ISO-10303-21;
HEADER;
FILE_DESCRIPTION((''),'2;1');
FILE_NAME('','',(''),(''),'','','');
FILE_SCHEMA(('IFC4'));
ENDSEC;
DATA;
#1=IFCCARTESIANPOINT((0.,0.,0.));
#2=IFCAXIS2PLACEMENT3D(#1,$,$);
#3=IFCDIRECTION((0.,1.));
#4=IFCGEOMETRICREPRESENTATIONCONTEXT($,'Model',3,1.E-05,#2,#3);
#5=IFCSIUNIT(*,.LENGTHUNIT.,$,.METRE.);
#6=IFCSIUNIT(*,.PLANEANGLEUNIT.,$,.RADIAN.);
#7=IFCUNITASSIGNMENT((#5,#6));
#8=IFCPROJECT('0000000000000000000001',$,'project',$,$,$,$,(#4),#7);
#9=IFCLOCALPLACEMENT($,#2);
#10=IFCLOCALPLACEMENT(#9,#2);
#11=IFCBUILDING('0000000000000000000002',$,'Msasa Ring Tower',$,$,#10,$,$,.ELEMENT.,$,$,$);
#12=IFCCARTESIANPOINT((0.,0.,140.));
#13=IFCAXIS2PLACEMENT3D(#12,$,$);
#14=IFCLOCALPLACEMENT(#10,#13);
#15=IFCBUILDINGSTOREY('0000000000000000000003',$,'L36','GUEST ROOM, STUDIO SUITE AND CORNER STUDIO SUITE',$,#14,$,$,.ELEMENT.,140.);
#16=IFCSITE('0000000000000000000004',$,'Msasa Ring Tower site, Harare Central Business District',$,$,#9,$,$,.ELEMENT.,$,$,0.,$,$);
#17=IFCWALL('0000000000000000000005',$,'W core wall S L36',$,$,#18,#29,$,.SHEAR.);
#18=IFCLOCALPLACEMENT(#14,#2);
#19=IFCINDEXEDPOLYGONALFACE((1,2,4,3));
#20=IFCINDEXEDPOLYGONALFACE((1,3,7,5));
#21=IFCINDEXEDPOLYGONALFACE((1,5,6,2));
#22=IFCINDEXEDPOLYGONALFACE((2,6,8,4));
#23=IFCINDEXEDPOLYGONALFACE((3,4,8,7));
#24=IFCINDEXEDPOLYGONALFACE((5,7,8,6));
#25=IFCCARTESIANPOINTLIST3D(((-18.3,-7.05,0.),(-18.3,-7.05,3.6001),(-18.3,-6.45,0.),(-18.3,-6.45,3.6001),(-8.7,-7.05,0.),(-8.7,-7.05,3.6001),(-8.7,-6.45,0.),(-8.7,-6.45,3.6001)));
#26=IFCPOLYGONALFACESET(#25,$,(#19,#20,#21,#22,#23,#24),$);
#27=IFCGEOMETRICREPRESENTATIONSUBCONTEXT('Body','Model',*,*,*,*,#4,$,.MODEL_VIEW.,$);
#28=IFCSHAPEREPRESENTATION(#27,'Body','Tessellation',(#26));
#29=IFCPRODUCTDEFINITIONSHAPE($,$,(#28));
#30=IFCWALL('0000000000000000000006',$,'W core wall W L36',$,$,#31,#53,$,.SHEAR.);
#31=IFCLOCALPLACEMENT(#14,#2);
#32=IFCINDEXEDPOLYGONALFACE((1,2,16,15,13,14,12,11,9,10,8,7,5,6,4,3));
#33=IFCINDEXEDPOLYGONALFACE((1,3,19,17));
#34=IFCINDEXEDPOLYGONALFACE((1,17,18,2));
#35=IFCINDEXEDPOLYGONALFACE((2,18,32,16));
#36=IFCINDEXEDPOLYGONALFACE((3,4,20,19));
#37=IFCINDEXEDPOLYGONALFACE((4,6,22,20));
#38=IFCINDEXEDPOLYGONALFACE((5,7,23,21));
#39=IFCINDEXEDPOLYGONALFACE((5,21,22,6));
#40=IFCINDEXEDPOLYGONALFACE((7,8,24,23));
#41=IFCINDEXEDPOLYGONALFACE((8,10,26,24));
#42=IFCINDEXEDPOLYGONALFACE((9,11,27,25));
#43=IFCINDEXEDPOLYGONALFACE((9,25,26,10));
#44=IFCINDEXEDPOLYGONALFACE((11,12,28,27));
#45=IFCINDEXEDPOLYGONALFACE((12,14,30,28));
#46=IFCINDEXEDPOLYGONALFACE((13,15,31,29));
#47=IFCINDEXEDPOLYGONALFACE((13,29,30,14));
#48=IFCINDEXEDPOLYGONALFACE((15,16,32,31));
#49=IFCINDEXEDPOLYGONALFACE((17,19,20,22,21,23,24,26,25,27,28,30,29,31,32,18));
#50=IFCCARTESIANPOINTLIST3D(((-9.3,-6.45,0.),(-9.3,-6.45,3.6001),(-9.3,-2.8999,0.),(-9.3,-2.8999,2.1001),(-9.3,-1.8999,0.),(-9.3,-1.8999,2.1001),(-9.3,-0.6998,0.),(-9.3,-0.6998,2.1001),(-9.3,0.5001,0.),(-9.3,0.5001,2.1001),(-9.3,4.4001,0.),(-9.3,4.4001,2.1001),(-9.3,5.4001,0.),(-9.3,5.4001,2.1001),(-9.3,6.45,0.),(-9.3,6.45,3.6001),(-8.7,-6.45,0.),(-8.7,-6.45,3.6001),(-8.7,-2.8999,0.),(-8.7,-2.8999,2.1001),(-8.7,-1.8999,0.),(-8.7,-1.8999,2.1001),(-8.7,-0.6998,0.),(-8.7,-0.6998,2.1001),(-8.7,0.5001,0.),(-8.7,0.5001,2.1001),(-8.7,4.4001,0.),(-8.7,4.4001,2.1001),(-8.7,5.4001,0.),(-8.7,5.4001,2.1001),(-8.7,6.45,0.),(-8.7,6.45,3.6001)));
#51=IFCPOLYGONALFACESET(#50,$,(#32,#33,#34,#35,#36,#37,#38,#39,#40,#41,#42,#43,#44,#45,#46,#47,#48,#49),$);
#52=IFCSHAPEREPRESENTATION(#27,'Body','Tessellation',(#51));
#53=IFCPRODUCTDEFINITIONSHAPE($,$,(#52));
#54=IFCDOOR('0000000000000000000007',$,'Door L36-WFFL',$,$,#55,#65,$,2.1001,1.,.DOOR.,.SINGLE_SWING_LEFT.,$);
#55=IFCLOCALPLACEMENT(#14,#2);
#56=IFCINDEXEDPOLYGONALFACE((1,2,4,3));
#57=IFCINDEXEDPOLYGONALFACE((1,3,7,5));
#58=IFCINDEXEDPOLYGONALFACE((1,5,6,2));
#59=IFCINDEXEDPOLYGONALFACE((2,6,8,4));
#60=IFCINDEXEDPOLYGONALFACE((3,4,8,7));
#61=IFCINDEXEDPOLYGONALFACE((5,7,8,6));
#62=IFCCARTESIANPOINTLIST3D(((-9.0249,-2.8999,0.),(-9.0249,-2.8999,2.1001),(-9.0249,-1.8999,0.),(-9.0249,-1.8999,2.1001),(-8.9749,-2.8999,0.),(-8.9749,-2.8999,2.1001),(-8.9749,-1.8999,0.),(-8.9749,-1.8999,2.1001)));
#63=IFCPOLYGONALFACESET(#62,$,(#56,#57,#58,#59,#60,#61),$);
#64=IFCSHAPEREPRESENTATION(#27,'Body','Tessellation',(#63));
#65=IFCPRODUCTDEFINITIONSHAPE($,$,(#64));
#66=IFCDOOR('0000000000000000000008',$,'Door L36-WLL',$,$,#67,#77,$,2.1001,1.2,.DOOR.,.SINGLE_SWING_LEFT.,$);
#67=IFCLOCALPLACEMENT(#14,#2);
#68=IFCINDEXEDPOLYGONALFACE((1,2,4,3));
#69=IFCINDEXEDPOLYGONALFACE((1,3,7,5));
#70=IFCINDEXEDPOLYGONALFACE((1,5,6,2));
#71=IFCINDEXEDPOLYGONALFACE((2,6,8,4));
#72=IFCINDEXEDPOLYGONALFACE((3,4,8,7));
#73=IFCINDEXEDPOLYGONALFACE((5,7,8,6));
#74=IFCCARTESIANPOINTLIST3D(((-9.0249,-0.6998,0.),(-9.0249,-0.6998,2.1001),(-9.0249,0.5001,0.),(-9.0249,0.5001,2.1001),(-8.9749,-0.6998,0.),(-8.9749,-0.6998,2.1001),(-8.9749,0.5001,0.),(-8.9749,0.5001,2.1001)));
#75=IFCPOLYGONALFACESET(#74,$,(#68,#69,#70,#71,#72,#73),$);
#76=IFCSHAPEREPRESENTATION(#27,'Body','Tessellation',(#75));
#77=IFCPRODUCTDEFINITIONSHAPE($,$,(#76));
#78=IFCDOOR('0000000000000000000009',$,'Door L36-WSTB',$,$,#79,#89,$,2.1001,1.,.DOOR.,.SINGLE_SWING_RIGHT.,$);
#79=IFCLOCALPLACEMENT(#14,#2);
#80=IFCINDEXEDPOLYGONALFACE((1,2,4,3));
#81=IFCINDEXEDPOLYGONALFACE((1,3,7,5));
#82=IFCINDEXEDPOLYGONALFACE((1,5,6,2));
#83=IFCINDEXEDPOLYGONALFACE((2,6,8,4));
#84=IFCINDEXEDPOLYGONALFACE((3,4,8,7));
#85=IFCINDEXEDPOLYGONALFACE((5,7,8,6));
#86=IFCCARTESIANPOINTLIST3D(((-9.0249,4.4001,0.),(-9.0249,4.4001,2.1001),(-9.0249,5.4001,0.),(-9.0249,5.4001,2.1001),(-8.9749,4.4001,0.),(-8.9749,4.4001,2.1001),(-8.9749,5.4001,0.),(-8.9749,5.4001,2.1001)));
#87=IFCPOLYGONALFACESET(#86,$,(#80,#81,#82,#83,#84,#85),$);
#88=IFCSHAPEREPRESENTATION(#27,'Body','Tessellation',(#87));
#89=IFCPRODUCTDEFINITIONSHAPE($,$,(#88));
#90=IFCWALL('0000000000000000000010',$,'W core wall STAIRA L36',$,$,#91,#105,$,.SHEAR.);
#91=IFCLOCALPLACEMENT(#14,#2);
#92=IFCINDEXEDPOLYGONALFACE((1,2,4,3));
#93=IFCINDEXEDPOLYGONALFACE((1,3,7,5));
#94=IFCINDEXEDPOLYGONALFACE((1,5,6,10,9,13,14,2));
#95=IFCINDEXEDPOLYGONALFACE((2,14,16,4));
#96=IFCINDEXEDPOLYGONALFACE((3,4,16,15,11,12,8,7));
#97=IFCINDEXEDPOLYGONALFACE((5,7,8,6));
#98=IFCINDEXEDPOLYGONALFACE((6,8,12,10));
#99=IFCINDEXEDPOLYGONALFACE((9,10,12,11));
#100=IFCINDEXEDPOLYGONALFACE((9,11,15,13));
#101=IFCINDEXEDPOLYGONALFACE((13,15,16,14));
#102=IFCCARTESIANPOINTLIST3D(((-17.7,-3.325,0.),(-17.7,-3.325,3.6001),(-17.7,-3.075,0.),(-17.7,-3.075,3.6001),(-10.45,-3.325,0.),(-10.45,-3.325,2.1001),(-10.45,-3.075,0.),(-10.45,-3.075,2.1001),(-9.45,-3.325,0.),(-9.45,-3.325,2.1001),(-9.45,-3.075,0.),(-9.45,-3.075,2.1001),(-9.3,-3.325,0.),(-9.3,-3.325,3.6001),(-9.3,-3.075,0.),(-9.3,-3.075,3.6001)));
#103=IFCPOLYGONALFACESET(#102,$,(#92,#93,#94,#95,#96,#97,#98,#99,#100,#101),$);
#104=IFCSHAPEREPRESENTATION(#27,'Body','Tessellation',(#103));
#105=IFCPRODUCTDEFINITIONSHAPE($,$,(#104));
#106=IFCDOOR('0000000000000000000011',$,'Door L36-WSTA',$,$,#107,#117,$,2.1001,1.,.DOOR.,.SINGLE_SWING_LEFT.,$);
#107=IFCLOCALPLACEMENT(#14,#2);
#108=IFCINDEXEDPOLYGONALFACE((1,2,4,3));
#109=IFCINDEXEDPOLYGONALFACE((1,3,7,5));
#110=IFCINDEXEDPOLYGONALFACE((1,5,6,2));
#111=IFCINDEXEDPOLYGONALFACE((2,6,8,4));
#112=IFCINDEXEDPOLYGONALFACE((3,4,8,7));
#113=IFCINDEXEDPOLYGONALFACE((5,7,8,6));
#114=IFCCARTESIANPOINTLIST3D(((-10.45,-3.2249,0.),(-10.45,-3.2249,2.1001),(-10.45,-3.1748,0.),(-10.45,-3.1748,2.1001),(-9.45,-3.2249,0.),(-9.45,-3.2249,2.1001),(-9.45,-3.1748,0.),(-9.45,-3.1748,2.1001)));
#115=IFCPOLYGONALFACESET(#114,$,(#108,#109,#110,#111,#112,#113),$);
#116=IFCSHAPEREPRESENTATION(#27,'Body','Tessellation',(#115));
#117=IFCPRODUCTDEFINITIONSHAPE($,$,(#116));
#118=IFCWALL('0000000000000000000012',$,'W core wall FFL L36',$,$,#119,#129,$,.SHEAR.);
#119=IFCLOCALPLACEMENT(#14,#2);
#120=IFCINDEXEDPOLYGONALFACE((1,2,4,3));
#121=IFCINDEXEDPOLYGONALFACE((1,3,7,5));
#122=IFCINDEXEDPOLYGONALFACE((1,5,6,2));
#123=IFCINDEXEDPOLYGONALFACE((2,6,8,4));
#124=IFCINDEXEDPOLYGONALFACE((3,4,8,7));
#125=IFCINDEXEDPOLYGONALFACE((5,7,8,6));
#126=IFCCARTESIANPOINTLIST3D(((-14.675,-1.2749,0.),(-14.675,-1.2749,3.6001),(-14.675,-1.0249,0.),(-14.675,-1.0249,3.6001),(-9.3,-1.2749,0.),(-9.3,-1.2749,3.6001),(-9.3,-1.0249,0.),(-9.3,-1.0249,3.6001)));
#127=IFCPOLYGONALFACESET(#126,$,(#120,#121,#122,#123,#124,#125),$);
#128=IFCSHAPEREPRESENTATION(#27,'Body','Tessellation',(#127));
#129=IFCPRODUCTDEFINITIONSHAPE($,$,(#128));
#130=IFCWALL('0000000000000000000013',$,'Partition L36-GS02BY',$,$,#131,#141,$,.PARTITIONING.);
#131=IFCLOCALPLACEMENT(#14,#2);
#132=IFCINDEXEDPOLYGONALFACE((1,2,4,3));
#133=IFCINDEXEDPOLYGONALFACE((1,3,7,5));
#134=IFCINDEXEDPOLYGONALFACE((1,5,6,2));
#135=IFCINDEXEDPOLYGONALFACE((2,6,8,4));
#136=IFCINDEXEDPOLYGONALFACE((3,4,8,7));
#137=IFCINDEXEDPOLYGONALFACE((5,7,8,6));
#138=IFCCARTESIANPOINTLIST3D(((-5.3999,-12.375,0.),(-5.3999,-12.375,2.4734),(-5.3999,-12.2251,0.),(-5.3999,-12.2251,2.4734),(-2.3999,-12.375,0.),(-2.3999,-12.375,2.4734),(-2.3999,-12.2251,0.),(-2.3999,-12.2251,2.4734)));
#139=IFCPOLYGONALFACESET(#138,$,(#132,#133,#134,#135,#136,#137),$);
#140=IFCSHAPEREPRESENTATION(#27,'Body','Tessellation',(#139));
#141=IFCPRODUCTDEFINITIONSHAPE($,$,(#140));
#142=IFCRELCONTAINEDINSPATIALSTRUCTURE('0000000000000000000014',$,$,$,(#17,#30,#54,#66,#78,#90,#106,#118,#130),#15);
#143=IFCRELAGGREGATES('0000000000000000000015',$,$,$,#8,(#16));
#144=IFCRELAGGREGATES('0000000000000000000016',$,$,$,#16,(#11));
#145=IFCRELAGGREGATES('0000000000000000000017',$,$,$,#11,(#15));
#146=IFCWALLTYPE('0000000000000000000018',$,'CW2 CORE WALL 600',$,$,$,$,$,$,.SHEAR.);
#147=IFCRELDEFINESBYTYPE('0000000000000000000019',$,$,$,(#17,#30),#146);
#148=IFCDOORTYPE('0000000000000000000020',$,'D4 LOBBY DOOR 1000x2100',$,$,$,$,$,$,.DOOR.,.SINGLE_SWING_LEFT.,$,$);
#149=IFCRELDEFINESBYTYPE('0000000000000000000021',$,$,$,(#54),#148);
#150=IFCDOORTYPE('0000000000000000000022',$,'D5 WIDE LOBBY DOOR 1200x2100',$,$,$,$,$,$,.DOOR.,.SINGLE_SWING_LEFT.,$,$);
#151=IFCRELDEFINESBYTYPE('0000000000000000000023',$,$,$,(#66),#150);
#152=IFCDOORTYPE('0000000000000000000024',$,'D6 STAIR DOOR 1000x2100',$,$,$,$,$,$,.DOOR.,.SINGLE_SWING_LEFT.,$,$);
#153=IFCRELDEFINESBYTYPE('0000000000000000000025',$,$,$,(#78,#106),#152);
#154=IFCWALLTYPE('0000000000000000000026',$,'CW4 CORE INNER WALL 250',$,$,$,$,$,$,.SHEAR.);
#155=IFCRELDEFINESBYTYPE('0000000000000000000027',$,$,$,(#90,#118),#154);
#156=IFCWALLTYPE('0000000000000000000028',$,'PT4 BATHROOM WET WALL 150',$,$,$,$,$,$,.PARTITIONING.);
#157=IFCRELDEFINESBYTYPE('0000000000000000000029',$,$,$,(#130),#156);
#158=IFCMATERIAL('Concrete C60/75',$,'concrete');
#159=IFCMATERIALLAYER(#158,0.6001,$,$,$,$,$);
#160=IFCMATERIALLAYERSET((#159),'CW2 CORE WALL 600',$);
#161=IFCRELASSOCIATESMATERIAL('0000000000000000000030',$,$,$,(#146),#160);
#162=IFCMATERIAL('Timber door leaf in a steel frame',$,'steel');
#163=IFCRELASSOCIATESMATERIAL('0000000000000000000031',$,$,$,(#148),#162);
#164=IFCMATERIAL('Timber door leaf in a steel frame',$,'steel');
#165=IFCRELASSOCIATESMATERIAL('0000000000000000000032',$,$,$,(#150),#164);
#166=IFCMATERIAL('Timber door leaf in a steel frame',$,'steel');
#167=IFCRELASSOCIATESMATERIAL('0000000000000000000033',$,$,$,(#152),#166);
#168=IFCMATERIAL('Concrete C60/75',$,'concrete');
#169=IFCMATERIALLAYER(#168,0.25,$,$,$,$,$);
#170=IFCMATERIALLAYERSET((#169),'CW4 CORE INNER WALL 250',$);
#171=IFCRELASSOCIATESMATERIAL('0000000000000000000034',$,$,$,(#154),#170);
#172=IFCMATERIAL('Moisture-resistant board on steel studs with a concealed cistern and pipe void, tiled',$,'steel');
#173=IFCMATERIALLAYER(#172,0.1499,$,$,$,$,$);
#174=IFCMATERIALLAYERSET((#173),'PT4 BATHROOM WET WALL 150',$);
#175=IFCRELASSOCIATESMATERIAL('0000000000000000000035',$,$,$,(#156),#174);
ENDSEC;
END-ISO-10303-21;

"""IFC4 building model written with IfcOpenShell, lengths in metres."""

from ifc_helpers import new_model, si_unit, direction, frame, frame_2d, origin, place, context, subcontext, project, spatial, rectangle, extrude, material, layer, layer_set, type_object, element, fill, save


model = new_model("IFC4")

# Units and contexts
model_context = context("Model", 3, precision=1e-05, world=origin(), true_north=direction((0.0, 1.0)))
body_context = subcontext(model_context, "Body", "Model", "MODEL_VIEW")
ifc_project = project(units=[si_unit("LENGTHUNIT", "METRE"), si_unit("PLANEANGLEUNIT", "RADIAN")], contexts=[model_context])

# Site, building, storey
site_placement = place(None, origin())
site = spatial("IfcSite", under=ifc_project, at=site_placement, Name="Msasa Ring Tower site, Harare Central Business District", CompositionType="ELEMENT", RefElevation=0.0)
building_placement = place(site_placement, origin())
building = spatial("IfcBuilding", under=site, at=building_placement, Name="Msasa Ring Tower", CompositionType="ELEMENT")
storey_placement = place(building_placement, frame((0.0, 0.0, 140.0)))
storey = spatial("IfcBuildingStorey", under=building, at=storey_placement, Name="L36", Description="GUEST ROOM, STUDIO SUITE AND CORNER STUDIO SUITE", CompositionType="ELEMENT", Elevation=140.0)

# Wall
ifc_material_1 = material(Name="Concrete C60/75", Category="concrete")
ifc_layer_1 = layer(ifc_material_1, 0.6001)
ifc_layer_set_1 = layer_set([ifc_layer_1], Name="CW2 CORE WALL 600")
wall_type_1 = type_object("IfcWallType", Name="CW2 CORE WALL 600", PredefinedType="SHEAR", material=ifc_layer_set_1)
wall_1_placement = place(storey_placement, frame((-8.7, -6.75, 0.0), z_axis=(0.0, 0.0, 1.0), x_axis=(-1.0, 0.0, 0.0)))
element("IfcWall", 1, at=wall_1_placement, inside=storey, type_object=wall_type_1, Name="W core wall S L36", PredefinedType="SHEAR", context=body_context, shape_type="SweptSolid", body=[
    extrude(rectangle(XDim=9.6001, YDim=0.6001, at=frame_2d((4.8, 0.0))), origin(), (0.0, 0.0, 1.0), 3.6001),
])

# Wall, openings, doors
wall_2_placement = place(storey_placement, frame((-9.0, -6.45, 0.0), z_axis=(0.0, 0.0, 1.0), x_axis=(0.0, 1.0, 0.0)))
wall_2 = element("IfcWall", 2, at=wall_2_placement, inside=storey, type_object=wall_type_1, Name="W core wall W L36", PredefinedType="SHEAR", context=body_context, shape_type="SweptSolid", body=[
    extrude(rectangle(XDim=12.8999, YDim=0.6001, at=frame_2d((6.45, 0.0))), origin(), (0.0, 0.0, 1.0), 3.6001),
])
opening_1_placement = place(wall_2_placement, frame((3.55, 0.0, 0.0)))
opening_1 = element("IfcOpeningElement", 3, at=opening_1_placement, cuts=wall_2, PredefinedType="OPENING", context=body_context, shape_type="SweptSolid", body=[
    extrude(rectangle(XDim=1.0, YDim=2.1001, at=frame_2d((0.5, 1.05))), frame((0.0, 0.3101, 0.0), z_axis=(0.0, -1.0, 0.0), x_axis=(1.0, 0.0, 0.0)), (0.0, 0.0, 1.0), 0.6201),
])
opening_2_placement = place(wall_2_placement, frame((5.75, 0.0, 0.0)))
opening_2 = element("IfcOpeningElement", 4, at=opening_2_placement, cuts=wall_2, PredefinedType="OPENING", context=body_context, shape_type="SweptSolid", body=[
    extrude(rectangle(XDim=1.2, YDim=2.1001, at=frame_2d((0.6001, 1.05))), frame((0.0, 0.3101, 0.0), z_axis=(0.0, -1.0, 0.0), x_axis=(1.0, 0.0, 0.0)), (0.0, 0.0, 1.0), 0.6201),
])
opening_3_placement = place(wall_2_placement, frame((10.8501, 0.0, 0.0)))
opening_3 = element("IfcOpeningElement", 5, at=opening_3_placement, cuts=wall_2, PredefinedType="OPENING", context=body_context, shape_type="SweptSolid", body=[
    extrude(rectangle(XDim=1.0, YDim=2.1001, at=frame_2d((0.5, 1.05))), frame((0.0, 0.3101, 0.0), z_axis=(0.0, -1.0, 0.0), x_axis=(1.0, 0.0, 0.0)), (0.0, 0.0, 1.0), 0.6201),
])
ifc_material_2 = material(Name="Timber door leaf in a steel frame", Category="steel")
door_type_1 = type_object("IfcDoorType", Name="D4 LOBBY DOOR 1000x2100", OperationType="SINGLE_SWING_LEFT", PredefinedType="DOOR", material=ifc_material_2)
door_1_placement = place(opening_1_placement, origin())
door_1 = element("IfcDoor", 6, at=door_1_placement, inside=storey, type_object=door_type_1, Name="Door L36-WFFL", OperationType="SINGLE_SWING_LEFT", OverallHeight=2.1001, OverallWidth=1.0, PredefinedType="DOOR", context=body_context, shape_type="SweptSolid", body=[
    extrude(rectangle(XDim=1.0, YDim=2.1001, at=frame_2d((0.5, 1.05))), frame((0.0, 0.0249, 0.0), z_axis=(0.0, -1.0, 0.0), x_axis=(1.0, 0.0, 0.0)), (0.0, 0.0, 1.0), 0.05),
])
fill(opening_1, door_1)
ifc_material_3 = material(Name="Timber door leaf in a steel frame", Category="steel")
door_type_2 = type_object("IfcDoorType", Name="D5 WIDE LOBBY DOOR 1200x2100", OperationType="SINGLE_SWING_LEFT", PredefinedType="DOOR", material=ifc_material_3)
door_2_placement = place(opening_2_placement, origin())
door_2 = element("IfcDoor", 7, at=door_2_placement, inside=storey, type_object=door_type_2, Name="Door L36-WLL", OperationType="SINGLE_SWING_LEFT", OverallHeight=2.1001, OverallWidth=1.2, PredefinedType="DOOR", context=body_context, shape_type="SweptSolid", body=[
    extrude(rectangle(XDim=1.2, YDim=2.1001, at=frame_2d((0.6001, 1.05))), frame((0.0, 0.0249, 0.0), z_axis=(0.0, -1.0, 0.0), x_axis=(1.0, 0.0, 0.0)), (0.0, 0.0, 1.0), 0.05),
])
fill(opening_2, door_2)
ifc_material_4 = material(Name="Timber door leaf in a steel frame", Category="steel")
door_type_3 = type_object("IfcDoorType", Name="D6 STAIR DOOR 1000x2100", OperationType="SINGLE_SWING_LEFT", PredefinedType="DOOR", material=ifc_material_4)
door_3_placement = place(opening_3_placement, origin())
door_3 = element("IfcDoor", 8, at=door_3_placement, inside=storey, type_object=door_type_3, Name="Door L36-WSTB", OperationType="SINGLE_SWING_RIGHT", OverallHeight=2.1001, OverallWidth=1.0, PredefinedType="DOOR", context=body_context, shape_type="SweptSolid", body=[
    extrude(rectangle(XDim=1.0, YDim=2.1001, at=frame_2d((0.5, 1.05))), frame((0.0, 0.0249, 0.0), z_axis=(0.0, -1.0, 0.0), x_axis=(1.0, 0.0, 0.0)), (0.0, 0.0, 1.0), 0.05),
])
fill(opening_3, door_3)

# Wall, opening, door
ifc_material_5 = material(Name="Concrete C60/75", Category="concrete")
ifc_layer_2 = layer(ifc_material_5, 0.25)
ifc_layer_set_2 = layer_set([ifc_layer_2], Name="CW4 CORE INNER WALL 250")
wall_type_2 = type_object("IfcWallType", Name="CW4 CORE INNER WALL 250", PredefinedType="SHEAR", material=ifc_layer_set_2)
wall_3_placement = place(storey_placement, frame((-9.3, -3.2, 0.0), z_axis=(0.0, 0.0, 1.0), x_axis=(-1.0, 0.0, 0.0)))
wall_3 = element("IfcWall", 9, at=wall_3_placement, inside=storey, type_object=wall_type_2, Name="W core wall STAIRA L36", PredefinedType="SHEAR", context=body_context, shape_type="SweptSolid", body=[
    extrude(rectangle(XDim=8.3999, YDim=0.25, at=frame_2d((4.2, 0.0))), origin(), (0.0, 0.0, 1.0), 3.6001),
])
opening_4_placement = place(wall_3_placement, frame((0.1499, 0.0, 0.0)))
opening_4 = element("IfcOpeningElement", 10, at=opening_4_placement, cuts=wall_3, PredefinedType="OPENING", context=body_context, shape_type="SweptSolid", body=[
    extrude(rectangle(XDim=1.0, YDim=2.1001, at=frame_2d((0.5, 1.05))), frame((0.0, 0.135, 0.0), z_axis=(0.0, -1.0, 0.0), x_axis=(1.0, 0.0, 0.0)), (0.0, 0.0, 1.0), 0.27),
])
door_4_placement = place(opening_4_placement, origin())
door_4 = element("IfcDoor", 11, at=door_4_placement, inside=storey, type_object=door_type_3, Name="Door L36-WSTA", OperationType="SINGLE_SWING_LEFT", OverallHeight=2.1001, OverallWidth=1.0, PredefinedType="DOOR", context=body_context, shape_type="SweptSolid", body=[
    extrude(rectangle(XDim=1.0, YDim=2.1001, at=frame_2d((0.5, 1.05))), frame((0.0, 0.0249, 0.0), z_axis=(0.0, -1.0, 0.0), x_axis=(1.0, 0.0, 0.0)), (0.0, 0.0, 1.0), 0.05),
])
fill(opening_4, door_4)

# Walls
wall_4_placement = place(storey_placement, frame((-9.3, -1.1499, 0.0), z_axis=(0.0, 0.0, 1.0), x_axis=(-1.0, 0.0, 0.0)))
element("IfcWall", 12, at=wall_4_placement, inside=storey, type_object=wall_type_2, Name="W core wall FFL L36", PredefinedType="SHEAR", context=body_context, shape_type="SweptSolid", body=[
    extrude(rectangle(XDim=5.375, YDim=0.25, at=frame_2d((2.6875, 0.0))), origin(), (0.0, 0.0, 1.0), 3.6001),
])
ifc_material_6 = material(Name="Moisture-resistant board on steel studs with a concealed cistern and pipe void, tiled", Category="steel")
ifc_layer_3 = layer(ifc_material_6, 0.1499)
ifc_layer_set_3 = layer_set([ifc_layer_3], Name="PT4 BATHROOM WET WALL 150")
wall_type_3 = type_object("IfcWallType", Name="PT4 BATHROOM WET WALL 150", PredefinedType="PARTITIONING", material=ifc_layer_set_3)
wall_5_placement = place(storey_placement, frame((-5.3999, -12.3, 0.0), z_axis=(0.0, 0.0, 1.0), x_axis=(1.0, 0.0, 0.0)))
element("IfcWall", 13, at=wall_5_placement, inside=storey, type_object=wall_type_3, Name="Partition L36-GS02BY", PredefinedType="PARTITIONING", context=body_context, shape_type="SweptSolid", body=[
    extrude(rectangle(XDim=3.0, YDim=0.1499, at=frame_2d((1.5, 0.0))), origin(), (0.0, 0.0, 1.0), 2.4734),
])

save(model, "model.ifc")
